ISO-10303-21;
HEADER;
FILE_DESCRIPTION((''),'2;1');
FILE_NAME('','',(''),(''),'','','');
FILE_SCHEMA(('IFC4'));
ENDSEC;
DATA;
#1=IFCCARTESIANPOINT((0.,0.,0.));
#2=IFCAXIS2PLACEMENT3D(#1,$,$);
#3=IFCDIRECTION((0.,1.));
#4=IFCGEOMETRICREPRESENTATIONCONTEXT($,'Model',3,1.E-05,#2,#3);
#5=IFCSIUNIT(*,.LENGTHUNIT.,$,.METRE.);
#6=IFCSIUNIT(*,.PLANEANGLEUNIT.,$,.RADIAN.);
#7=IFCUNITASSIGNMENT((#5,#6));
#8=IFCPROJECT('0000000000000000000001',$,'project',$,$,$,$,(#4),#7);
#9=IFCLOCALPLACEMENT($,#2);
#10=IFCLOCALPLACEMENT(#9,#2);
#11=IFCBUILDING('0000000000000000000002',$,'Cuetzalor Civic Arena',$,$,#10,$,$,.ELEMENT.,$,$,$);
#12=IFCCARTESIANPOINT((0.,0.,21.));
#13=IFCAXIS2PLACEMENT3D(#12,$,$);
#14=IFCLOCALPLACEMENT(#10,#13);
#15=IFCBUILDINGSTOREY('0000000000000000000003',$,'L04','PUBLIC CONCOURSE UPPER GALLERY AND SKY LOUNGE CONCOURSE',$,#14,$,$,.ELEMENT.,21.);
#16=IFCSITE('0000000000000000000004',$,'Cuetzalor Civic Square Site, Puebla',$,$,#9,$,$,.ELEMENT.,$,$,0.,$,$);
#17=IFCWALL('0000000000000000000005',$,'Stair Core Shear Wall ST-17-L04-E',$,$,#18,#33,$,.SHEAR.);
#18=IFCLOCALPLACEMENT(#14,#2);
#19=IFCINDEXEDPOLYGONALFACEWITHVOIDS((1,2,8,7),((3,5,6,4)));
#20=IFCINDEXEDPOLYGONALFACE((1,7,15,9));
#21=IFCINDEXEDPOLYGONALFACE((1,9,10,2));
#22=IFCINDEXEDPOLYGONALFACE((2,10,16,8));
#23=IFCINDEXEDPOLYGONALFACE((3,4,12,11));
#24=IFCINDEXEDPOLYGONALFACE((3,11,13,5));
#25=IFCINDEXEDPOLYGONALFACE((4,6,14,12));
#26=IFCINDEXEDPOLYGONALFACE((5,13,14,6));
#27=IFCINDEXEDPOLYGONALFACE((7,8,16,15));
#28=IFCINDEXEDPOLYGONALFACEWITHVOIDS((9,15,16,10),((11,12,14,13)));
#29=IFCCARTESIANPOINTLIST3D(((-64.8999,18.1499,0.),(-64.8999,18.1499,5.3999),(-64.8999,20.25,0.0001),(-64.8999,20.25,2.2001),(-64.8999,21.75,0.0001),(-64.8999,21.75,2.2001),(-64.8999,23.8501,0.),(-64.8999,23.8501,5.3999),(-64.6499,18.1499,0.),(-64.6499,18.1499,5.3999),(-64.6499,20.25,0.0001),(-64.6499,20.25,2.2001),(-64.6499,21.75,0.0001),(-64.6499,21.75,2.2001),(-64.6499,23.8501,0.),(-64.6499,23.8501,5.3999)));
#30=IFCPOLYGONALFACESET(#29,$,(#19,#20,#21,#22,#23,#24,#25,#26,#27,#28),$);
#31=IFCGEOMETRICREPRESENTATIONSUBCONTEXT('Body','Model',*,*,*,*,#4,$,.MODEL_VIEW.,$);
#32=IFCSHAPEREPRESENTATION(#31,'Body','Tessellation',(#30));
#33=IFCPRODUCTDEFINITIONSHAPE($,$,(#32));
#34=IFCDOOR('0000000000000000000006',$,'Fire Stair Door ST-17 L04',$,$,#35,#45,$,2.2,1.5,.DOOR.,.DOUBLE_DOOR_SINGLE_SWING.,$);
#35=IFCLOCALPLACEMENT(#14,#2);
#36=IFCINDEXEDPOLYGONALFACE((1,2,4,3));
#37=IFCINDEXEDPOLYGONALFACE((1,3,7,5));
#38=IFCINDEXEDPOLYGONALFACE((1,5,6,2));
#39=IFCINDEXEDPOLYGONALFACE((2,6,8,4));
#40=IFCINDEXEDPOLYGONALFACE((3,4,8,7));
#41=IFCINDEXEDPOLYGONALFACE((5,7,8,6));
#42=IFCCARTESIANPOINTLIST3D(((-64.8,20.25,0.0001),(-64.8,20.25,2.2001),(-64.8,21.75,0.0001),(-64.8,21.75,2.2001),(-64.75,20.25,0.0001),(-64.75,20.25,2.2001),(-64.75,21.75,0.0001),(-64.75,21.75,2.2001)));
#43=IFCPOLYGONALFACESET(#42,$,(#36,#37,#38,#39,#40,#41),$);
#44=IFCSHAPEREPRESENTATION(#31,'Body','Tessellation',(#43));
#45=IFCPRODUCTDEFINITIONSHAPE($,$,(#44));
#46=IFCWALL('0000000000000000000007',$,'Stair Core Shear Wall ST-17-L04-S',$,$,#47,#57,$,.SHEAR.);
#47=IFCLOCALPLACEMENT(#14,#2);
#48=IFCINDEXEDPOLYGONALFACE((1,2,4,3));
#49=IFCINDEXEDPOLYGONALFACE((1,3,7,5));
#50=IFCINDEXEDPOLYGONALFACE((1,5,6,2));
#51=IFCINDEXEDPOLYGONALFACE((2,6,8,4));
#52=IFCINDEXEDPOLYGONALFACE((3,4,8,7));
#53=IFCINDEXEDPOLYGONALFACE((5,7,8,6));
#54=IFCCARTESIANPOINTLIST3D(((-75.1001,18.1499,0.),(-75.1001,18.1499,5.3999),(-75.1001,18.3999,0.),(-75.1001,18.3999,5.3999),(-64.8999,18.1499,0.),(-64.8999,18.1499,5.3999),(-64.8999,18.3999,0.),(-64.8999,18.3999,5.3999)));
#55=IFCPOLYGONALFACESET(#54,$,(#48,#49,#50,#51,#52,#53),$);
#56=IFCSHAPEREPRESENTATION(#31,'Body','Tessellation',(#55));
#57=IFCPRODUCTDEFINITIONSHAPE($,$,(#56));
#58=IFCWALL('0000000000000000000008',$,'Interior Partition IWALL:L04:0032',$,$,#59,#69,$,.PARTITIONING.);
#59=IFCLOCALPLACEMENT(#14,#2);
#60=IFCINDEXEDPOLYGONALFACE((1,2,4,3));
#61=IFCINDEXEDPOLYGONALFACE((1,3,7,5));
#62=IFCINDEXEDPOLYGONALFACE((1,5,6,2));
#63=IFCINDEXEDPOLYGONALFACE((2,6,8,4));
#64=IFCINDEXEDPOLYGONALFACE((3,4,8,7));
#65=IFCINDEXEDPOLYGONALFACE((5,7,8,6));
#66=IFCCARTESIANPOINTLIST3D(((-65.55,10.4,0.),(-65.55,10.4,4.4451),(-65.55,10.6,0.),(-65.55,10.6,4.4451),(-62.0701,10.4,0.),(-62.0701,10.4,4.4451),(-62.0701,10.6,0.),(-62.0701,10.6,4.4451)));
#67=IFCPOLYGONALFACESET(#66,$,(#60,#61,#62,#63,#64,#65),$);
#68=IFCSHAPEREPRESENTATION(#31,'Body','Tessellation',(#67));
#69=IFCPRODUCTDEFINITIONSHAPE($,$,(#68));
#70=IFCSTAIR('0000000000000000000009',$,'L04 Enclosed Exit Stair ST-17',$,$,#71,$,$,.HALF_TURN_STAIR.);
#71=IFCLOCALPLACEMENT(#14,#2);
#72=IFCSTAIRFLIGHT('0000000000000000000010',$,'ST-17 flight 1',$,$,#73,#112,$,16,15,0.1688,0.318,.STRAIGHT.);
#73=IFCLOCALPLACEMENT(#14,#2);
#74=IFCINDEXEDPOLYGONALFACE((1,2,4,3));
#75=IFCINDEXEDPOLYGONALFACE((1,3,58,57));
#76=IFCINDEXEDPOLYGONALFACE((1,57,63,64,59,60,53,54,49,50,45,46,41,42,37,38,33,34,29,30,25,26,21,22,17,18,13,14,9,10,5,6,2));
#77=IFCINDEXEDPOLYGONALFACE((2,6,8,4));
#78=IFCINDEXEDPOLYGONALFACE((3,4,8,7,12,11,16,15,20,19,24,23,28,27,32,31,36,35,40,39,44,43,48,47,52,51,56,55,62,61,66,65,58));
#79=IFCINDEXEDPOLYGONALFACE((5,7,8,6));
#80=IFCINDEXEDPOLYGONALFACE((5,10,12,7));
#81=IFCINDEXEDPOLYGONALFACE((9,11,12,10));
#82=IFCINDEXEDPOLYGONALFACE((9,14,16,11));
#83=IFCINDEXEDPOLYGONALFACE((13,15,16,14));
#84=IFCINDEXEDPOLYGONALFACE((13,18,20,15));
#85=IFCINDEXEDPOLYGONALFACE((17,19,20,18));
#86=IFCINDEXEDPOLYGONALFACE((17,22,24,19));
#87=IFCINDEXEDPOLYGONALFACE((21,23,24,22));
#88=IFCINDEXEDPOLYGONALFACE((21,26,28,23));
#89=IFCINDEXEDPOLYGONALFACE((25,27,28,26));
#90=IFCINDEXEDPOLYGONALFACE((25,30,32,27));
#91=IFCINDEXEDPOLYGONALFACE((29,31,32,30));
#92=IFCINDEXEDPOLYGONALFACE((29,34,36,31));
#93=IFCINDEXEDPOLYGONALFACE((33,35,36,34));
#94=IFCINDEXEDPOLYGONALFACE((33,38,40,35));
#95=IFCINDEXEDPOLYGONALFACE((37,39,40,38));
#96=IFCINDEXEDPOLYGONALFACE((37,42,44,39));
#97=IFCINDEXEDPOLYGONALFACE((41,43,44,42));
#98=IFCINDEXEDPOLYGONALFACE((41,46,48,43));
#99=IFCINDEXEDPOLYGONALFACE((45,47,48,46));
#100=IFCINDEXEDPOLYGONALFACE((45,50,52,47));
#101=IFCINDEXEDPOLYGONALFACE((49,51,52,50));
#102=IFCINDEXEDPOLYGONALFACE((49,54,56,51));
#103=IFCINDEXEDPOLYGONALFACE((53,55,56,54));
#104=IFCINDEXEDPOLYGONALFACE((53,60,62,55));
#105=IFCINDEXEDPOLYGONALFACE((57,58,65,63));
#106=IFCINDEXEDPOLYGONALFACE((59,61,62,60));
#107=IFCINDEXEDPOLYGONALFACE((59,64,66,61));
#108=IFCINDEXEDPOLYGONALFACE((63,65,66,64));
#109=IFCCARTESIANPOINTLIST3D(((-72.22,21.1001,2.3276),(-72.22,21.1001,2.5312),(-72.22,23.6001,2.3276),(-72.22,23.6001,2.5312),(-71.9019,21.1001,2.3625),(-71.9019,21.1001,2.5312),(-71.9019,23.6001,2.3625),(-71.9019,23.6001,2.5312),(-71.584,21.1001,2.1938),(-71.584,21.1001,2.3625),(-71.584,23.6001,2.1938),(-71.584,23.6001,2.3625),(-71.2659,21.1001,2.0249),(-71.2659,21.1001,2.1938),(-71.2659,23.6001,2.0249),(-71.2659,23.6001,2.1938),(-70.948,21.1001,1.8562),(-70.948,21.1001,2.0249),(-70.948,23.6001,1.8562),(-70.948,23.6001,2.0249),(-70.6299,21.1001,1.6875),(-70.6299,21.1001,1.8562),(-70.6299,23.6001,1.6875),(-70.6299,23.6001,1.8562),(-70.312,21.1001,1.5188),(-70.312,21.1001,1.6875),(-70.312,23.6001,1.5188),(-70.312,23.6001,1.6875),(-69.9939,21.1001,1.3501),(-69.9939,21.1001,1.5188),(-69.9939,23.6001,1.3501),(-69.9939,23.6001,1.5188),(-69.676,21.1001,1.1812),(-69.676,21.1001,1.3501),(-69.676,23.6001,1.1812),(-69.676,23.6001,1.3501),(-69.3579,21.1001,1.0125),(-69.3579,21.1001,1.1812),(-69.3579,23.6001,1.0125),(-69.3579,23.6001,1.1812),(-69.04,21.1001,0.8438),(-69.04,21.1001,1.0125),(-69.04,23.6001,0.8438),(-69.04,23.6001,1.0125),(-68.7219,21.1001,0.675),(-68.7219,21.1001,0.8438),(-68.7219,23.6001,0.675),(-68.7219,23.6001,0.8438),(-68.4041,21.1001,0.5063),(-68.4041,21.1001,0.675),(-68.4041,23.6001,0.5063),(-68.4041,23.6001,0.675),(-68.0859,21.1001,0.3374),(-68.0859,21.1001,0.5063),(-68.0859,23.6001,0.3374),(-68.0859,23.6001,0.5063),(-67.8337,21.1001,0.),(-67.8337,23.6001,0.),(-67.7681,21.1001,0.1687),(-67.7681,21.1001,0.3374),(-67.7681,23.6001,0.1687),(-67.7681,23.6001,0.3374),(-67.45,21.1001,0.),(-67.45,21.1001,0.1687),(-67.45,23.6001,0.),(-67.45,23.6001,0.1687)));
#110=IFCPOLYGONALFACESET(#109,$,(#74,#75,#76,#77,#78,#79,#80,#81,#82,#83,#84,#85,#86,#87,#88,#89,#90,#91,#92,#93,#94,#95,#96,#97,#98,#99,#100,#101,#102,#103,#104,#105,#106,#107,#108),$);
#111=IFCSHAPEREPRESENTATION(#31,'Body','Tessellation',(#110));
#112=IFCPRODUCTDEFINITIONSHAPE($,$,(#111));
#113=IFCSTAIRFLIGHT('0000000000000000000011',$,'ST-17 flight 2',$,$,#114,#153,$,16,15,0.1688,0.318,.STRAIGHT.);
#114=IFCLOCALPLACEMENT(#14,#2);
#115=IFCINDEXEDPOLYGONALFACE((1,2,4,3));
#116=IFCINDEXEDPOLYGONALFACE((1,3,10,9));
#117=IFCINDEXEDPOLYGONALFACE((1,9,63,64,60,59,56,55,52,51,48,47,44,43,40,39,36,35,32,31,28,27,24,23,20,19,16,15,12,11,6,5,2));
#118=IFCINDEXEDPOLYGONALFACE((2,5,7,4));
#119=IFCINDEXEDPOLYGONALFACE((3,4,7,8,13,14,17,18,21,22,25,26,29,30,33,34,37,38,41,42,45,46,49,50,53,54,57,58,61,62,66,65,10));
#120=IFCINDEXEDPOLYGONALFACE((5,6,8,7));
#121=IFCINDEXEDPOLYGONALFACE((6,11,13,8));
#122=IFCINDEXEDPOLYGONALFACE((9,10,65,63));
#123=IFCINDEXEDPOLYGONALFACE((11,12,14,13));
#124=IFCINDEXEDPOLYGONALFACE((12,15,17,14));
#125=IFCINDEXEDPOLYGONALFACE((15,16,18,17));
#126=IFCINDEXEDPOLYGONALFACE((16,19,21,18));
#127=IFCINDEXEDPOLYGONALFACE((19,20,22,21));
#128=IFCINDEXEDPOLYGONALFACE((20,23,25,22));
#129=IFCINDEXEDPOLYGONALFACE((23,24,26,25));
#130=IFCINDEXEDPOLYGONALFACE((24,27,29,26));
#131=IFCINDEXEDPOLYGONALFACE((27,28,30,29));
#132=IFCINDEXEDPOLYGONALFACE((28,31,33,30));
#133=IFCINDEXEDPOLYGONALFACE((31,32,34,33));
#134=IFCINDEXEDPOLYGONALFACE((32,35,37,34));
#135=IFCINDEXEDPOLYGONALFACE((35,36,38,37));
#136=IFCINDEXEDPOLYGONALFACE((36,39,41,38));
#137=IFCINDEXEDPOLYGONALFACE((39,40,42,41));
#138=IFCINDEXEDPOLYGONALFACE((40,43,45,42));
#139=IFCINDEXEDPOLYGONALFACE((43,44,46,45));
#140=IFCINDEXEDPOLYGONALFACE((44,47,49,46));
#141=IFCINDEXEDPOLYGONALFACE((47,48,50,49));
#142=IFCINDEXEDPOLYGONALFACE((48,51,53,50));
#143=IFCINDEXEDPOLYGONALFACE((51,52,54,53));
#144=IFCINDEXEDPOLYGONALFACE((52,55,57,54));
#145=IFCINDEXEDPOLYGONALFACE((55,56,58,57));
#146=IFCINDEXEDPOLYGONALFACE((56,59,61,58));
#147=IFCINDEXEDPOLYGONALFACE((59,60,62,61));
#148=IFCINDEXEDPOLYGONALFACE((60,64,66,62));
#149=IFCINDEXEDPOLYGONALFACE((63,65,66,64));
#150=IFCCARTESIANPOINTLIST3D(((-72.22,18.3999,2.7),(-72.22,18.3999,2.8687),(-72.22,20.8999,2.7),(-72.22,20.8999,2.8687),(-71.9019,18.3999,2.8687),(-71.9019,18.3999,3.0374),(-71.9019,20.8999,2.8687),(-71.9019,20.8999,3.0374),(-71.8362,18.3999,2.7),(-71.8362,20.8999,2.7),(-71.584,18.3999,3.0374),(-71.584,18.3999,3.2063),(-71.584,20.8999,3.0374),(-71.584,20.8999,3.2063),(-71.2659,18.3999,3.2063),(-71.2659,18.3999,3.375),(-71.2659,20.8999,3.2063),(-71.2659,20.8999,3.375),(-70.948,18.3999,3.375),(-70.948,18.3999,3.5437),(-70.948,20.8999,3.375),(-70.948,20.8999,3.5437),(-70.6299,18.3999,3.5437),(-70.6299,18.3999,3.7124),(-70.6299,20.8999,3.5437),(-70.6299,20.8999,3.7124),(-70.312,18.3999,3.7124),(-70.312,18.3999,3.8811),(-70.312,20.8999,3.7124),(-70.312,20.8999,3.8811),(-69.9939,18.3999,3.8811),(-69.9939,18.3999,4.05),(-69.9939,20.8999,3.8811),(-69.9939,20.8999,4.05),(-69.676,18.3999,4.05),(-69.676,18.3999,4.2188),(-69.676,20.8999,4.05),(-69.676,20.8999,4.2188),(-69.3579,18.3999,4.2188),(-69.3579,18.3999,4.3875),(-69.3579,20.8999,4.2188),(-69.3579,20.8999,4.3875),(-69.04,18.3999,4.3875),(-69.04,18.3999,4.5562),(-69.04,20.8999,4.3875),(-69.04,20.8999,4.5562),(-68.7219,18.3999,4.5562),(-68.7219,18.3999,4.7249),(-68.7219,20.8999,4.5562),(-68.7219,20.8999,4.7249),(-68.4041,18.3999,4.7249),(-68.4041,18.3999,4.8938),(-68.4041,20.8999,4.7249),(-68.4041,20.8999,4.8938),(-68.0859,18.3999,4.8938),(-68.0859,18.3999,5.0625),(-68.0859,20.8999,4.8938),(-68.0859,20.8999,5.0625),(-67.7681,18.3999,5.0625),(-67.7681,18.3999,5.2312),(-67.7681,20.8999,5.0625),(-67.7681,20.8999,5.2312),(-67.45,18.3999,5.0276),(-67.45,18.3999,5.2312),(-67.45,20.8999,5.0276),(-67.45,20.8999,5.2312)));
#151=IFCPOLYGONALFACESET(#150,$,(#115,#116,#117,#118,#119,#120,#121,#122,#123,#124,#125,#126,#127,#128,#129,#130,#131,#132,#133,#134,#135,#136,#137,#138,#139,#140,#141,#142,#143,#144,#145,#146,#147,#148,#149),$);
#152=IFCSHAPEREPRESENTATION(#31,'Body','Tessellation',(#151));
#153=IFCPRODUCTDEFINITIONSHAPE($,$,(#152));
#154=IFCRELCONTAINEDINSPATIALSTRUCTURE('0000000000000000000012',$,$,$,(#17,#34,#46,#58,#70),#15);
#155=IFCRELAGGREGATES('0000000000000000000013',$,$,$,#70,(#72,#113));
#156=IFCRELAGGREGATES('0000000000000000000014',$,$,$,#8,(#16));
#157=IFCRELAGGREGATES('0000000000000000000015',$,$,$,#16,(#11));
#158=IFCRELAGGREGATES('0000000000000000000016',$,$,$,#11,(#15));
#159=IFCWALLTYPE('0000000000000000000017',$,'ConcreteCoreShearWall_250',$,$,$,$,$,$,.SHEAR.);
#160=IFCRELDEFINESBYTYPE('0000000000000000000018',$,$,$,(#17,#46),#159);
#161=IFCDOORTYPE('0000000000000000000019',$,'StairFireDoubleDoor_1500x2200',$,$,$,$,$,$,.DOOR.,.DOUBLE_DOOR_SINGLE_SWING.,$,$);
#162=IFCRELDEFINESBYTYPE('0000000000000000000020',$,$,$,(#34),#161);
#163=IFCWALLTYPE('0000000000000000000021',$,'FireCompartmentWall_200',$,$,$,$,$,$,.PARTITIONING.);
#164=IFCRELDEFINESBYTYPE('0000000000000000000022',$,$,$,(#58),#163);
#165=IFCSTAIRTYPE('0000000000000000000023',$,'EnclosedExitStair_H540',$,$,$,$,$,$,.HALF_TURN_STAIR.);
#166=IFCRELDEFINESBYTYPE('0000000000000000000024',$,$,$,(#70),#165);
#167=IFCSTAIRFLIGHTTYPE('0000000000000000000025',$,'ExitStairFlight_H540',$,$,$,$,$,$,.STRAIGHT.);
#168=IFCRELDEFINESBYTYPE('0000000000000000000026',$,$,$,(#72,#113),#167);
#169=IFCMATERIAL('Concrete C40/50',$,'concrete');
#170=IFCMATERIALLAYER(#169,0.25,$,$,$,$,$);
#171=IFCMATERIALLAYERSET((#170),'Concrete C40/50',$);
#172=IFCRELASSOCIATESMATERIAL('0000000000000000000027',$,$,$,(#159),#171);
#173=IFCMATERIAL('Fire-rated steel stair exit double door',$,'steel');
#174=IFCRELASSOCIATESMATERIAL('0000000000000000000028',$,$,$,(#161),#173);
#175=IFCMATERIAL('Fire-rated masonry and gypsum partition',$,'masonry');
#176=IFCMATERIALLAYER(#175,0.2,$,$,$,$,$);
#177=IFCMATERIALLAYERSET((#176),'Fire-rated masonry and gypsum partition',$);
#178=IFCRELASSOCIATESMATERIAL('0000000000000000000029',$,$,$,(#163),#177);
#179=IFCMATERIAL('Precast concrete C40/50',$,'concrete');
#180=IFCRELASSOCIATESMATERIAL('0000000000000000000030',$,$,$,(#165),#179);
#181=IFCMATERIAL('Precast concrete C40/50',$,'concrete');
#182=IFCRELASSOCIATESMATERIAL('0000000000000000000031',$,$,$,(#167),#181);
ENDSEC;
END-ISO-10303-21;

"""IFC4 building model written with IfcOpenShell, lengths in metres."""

from ifc_helpers import new_model, si_unit, direction, frame, frame_2d, origin, place, context, subcontext, project, spatial, polyline, rectangle, outline, extrude, material, layer, layer_set, type_object, element, fill, aggregate, save


model = new_model("IFC4")

# Units and contexts
model_context = context("Model", 3, precision=1e-05, world=origin(), true_north=direction((0.0, 1.0)))
body_context = subcontext(model_context, "Body", "Model", "MODEL_VIEW")
ifc_project = project(units=[si_unit("LENGTHUNIT", "METRE"), si_unit("PLANEANGLEUNIT", "RADIAN")], contexts=[model_context])

# Site, building, storey
site_placement = place(None, origin())
site = spatial("IfcSite", under=ifc_project, at=site_placement, Name="Cuetzalor Civic Square Site, Puebla", CompositionType="ELEMENT", RefElevation=0.0)
building_placement = place(site_placement, origin())
building = spatial("IfcBuilding", under=site, at=building_placement, Name="Cuetzalor Civic Arena", CompositionType="ELEMENT")
storey_placement = place(building_placement, frame((0.0, 0.0, 21.0)))
storey = spatial("IfcBuildingStorey", under=building, at=storey_placement, Name="L04", Description="PUBLIC CONCOURSE UPPER GALLERY AND SKY LOUNGE CONCOURSE", CompositionType="ELEMENT", Elevation=21.0)

# Shared definitions
ifc_material_1 = material(Name="Concrete C40/50", Category="concrete")
ifc_layer_1 = layer(ifc_material_1, 0.25)
ifc_layer_set_1 = layer_set([ifc_layer_1], Name="Concrete C40/50")
wall_type_1 = type_object("IfcWallType", Name="ConcreteCoreShearWall_250", PredefinedType="SHEAR", material=ifc_layer_set_1)

# Wall, opening, door
wall_1_placement = place(storey_placement, frame((-64.7749, 23.8501, 0.0), z_axis=(0.0, 0.0, 1.0), x_axis=(0.0, -1.0, 0.0)))
wall_1 = element("IfcWall", 1, at=wall_1_placement, inside=storey, type_object=wall_type_1, Name="Stair Core Shear Wall ST-17-L04-E", PredefinedType="SHEAR", context=body_context, shape_type="SweptSolid", body=[
    extrude(rectangle(XDim=5.7002, YDim=0.25, at=frame_2d((2.8501, 0.0))), origin(), (0.0, 0.0, 1.0), 5.3999),
])
opening_1_placement = place(wall_1_placement, frame((2.1001, 0.0, 0.0)))
opening_1 = element("IfcOpeningElement", 2, at=opening_1_placement, cuts=wall_1, PredefinedType="OPENING", context=body_context, shape_type="SweptSolid", body=[
    extrude(rectangle(XDim=1.5, YDim=2.2, at=frame_2d((0.75, 1.1001))), frame((0.0, 0.135, 0.0), z_axis=(0.0, -1.0, 0.0), x_axis=(1.0, 0.0, 0.0)), (0.0, 0.0, 1.0), 0.27),
])
ifc_material_2 = material(Name="Fire-rated steel stair exit double door", Category="steel")
door_type_1 = type_object("IfcDoorType", Name="StairFireDoubleDoor_1500x2200", OperationType="DOUBLE_DOOR_SINGLE_SWING", PredefinedType="DOOR", material=ifc_material_2)
door_1_placement = place(opening_1_placement, origin())
door_1 = element("IfcDoor", 3, at=door_1_placement, inside=storey, type_object=door_type_1, Name="Fire Stair Door ST-17 L04", OperationType="DOUBLE_DOOR_SINGLE_SWING", OverallHeight=2.2, OverallWidth=1.5, PredefinedType="DOOR", context=body_context, shape_type="SweptSolid", body=[
    extrude(rectangle(XDim=1.5, YDim=2.2, at=frame_2d((0.75, 1.1001))), frame((0.0, 0.0249, 0.0), z_axis=(0.0, -1.0, 0.0), x_axis=(1.0, 0.0, 0.0)), (0.0, 0.0, 1.0), 0.05),
])
fill(opening_1, door_1)

# Walls
wall_2_placement = place(storey_placement, frame((-64.8999, 18.2749, 0.0), z_axis=(0.0, 0.0, 1.0), x_axis=(-1.0, 0.0, 0.0)))
element("IfcWall", 4, at=wall_2_placement, inside=storey, type_object=wall_type_1, Name="Stair Core Shear Wall ST-17-L04-S", PredefinedType="SHEAR", context=body_context, shape_type="SweptSolid", body=[
    extrude(rectangle(XDim=10.2002, YDim=0.25, at=frame_2d((5.1001, 0.0))), origin(), (0.0, 0.0, 1.0), 5.3999),
])
ifc_material_3 = material(Name="Fire-rated masonry and gypsum partition", Category="masonry")
ifc_layer_2 = layer(ifc_material_3, 0.2)
ifc_layer_set_2 = layer_set([ifc_layer_2], Name="Fire-rated masonry and gypsum partition")
wall_type_2 = type_object("IfcWallType", Name="FireCompartmentWall_200", PredefinedType="PARTITIONING", material=ifc_layer_set_2)
wall_3_placement = place(storey_placement, frame((-65.55, 10.5, 0.0), z_axis=(0.0, 0.0, 1.0), x_axis=(1.0, 0.0, 0.0)))
element("IfcWall", 5, at=wall_3_placement, inside=storey, type_object=wall_type_2, Name="Interior Partition IWALL:L04:0032", PredefinedType="PARTITIONING", context=body_context, shape_type="SweptSolid", body=[
    extrude(rectangle(XDim=3.48, YDim=0.2, at=frame_2d((1.74, 0.0))), origin(), (0.0, 0.0, 1.0), 4.4451),
])

# Stair, stair flights
ifc_material_4 = material(Name="Precast concrete C40/50", Category="concrete")
stair_type = type_object("IfcStairType", Name="EnclosedExitStair_H540", PredefinedType="HALF_TURN_STAIR", material=ifc_material_4)
stair_placement = place(storey_placement, origin())
stair = element("IfcStair", 6, at=stair_placement, inside=storey, type_object=stair_type, Name="L04 Enclosed Exit Stair ST-17", PredefinedType="HALF_TURN_STAIR")
ifc_material_5 = material(Name="Precast concrete C40/50", Category="concrete")
stair_flight_type = type_object("IfcStairFlightType", Name="ExitStairFlight_H540", PredefinedType="STRAIGHT", material=ifc_material_5)
stair_flight_1_placement = place(storey_placement, frame((-67.45, 22.3501, 0.0), z_axis=(0.0, 0.0, 1.0), x_axis=(-1.0, 0.0, 0.0)))
stair_flight_1 = element("IfcStairFlight", 7, at=stair_flight_1_placement, type_object=stair_flight_type, Name="ST-17 flight 1", NumberOfRisers=16, NumberOfTreads=15, PredefinedType="STRAIGHT", RiserHeight=0.1688, TreadLength=0.318, context=body_context, shape_type="SweptSolid", body=[
    extrude(outline(polyline([(0.0, 0.0), (0.0, 0.1687), (0.3181, 0.1687), (0.3181, 0.3374), (0.636, 0.3374), (0.636, 0.5063), (0.9541, 0.5063), (0.9541, 0.675), (1.272, 0.675), (1.272, 0.8438), (1.5901, 0.8438), (1.5901, 1.0125), (1.908, 1.0125), (1.908, 1.1812), (2.2261, 1.1812), (2.2261, 1.3501), (2.5439, 1.3501), (2.5439, 1.5188), (2.8621, 1.5188), (2.8621, 1.6875), (3.1799, 1.6875), (3.1799, 1.8562), (3.498, 1.8562), (3.498, 2.0249), (3.8159, 2.0249), (3.8159, 2.1938), (4.134, 2.1938), (4.134, 2.3625), (4.4519, 2.3625), (4.4519, 2.5312), (4.77, 2.5312), (4.77, 2.7), (4.77, 2.3276), (0.3838, 0.0), (0.0, 0.0)])), frame((0.0, 1.25, 0.0), z_axis=(0.0, -1.0, 0.0), x_axis=(1.0, 0.0, 0.0)), (0.0, 0.0, 1.0), 2.5),
])
stair_flight_2_placement = place(storey_placement, frame((-72.22, 19.6499, 2.7), z_axis=(0.0, 0.0, 1.0), x_axis=(1.0, 0.0, 0.0)))
stair_flight_2 = element("IfcStairFlight", 8, at=stair_flight_2_placement, type_object=stair_flight_type, Name="ST-17 flight 2", NumberOfRisers=16, NumberOfTreads=15, PredefinedType="STRAIGHT", RiserHeight=0.1688, TreadLength=0.318, context=body_context, shape_type="SweptSolid", body=[
    extrude(outline(polyline([(0.0, 0.0), (0.0, 0.1687), (0.3181, 0.1687), (0.3181, 0.3374), (0.636, 0.3374), (0.636, 0.5063), (0.9541, 0.5063), (0.9541, 0.675), (1.272, 0.675), (1.272, 0.8438), (1.5901, 0.8438), (1.5901, 1.0125), (1.908, 1.0125), (1.908, 1.1812), (2.2261, 1.1812), (2.2261, 1.3501), (2.5439, 1.3501), (2.5439, 1.5188), (2.8621, 1.5188), (2.8621, 1.6875), (3.1799, 1.6875), (3.1799, 1.8562), (3.498, 1.8562), (3.498, 2.0249), (3.8159, 2.0249), (3.8159, 2.1938), (4.134, 2.1938), (4.134, 2.3625), (4.4519, 2.3625), (4.4519, 2.5312), (4.77, 2.5312), (4.77, 2.7), (4.77, 2.3276), (0.3838, 0.0), (0.0, 0.0)])), frame((0.0, 1.25, 0.0), z_axis=(0.0, -1.0, 0.0), x_axis=(1.0, 0.0, 0.0)), (0.0, 0.0, 1.0), 2.5),
])
aggregate(stair, [stair_flight_1, stair_flight_2])

save(model, "model.ifc")
